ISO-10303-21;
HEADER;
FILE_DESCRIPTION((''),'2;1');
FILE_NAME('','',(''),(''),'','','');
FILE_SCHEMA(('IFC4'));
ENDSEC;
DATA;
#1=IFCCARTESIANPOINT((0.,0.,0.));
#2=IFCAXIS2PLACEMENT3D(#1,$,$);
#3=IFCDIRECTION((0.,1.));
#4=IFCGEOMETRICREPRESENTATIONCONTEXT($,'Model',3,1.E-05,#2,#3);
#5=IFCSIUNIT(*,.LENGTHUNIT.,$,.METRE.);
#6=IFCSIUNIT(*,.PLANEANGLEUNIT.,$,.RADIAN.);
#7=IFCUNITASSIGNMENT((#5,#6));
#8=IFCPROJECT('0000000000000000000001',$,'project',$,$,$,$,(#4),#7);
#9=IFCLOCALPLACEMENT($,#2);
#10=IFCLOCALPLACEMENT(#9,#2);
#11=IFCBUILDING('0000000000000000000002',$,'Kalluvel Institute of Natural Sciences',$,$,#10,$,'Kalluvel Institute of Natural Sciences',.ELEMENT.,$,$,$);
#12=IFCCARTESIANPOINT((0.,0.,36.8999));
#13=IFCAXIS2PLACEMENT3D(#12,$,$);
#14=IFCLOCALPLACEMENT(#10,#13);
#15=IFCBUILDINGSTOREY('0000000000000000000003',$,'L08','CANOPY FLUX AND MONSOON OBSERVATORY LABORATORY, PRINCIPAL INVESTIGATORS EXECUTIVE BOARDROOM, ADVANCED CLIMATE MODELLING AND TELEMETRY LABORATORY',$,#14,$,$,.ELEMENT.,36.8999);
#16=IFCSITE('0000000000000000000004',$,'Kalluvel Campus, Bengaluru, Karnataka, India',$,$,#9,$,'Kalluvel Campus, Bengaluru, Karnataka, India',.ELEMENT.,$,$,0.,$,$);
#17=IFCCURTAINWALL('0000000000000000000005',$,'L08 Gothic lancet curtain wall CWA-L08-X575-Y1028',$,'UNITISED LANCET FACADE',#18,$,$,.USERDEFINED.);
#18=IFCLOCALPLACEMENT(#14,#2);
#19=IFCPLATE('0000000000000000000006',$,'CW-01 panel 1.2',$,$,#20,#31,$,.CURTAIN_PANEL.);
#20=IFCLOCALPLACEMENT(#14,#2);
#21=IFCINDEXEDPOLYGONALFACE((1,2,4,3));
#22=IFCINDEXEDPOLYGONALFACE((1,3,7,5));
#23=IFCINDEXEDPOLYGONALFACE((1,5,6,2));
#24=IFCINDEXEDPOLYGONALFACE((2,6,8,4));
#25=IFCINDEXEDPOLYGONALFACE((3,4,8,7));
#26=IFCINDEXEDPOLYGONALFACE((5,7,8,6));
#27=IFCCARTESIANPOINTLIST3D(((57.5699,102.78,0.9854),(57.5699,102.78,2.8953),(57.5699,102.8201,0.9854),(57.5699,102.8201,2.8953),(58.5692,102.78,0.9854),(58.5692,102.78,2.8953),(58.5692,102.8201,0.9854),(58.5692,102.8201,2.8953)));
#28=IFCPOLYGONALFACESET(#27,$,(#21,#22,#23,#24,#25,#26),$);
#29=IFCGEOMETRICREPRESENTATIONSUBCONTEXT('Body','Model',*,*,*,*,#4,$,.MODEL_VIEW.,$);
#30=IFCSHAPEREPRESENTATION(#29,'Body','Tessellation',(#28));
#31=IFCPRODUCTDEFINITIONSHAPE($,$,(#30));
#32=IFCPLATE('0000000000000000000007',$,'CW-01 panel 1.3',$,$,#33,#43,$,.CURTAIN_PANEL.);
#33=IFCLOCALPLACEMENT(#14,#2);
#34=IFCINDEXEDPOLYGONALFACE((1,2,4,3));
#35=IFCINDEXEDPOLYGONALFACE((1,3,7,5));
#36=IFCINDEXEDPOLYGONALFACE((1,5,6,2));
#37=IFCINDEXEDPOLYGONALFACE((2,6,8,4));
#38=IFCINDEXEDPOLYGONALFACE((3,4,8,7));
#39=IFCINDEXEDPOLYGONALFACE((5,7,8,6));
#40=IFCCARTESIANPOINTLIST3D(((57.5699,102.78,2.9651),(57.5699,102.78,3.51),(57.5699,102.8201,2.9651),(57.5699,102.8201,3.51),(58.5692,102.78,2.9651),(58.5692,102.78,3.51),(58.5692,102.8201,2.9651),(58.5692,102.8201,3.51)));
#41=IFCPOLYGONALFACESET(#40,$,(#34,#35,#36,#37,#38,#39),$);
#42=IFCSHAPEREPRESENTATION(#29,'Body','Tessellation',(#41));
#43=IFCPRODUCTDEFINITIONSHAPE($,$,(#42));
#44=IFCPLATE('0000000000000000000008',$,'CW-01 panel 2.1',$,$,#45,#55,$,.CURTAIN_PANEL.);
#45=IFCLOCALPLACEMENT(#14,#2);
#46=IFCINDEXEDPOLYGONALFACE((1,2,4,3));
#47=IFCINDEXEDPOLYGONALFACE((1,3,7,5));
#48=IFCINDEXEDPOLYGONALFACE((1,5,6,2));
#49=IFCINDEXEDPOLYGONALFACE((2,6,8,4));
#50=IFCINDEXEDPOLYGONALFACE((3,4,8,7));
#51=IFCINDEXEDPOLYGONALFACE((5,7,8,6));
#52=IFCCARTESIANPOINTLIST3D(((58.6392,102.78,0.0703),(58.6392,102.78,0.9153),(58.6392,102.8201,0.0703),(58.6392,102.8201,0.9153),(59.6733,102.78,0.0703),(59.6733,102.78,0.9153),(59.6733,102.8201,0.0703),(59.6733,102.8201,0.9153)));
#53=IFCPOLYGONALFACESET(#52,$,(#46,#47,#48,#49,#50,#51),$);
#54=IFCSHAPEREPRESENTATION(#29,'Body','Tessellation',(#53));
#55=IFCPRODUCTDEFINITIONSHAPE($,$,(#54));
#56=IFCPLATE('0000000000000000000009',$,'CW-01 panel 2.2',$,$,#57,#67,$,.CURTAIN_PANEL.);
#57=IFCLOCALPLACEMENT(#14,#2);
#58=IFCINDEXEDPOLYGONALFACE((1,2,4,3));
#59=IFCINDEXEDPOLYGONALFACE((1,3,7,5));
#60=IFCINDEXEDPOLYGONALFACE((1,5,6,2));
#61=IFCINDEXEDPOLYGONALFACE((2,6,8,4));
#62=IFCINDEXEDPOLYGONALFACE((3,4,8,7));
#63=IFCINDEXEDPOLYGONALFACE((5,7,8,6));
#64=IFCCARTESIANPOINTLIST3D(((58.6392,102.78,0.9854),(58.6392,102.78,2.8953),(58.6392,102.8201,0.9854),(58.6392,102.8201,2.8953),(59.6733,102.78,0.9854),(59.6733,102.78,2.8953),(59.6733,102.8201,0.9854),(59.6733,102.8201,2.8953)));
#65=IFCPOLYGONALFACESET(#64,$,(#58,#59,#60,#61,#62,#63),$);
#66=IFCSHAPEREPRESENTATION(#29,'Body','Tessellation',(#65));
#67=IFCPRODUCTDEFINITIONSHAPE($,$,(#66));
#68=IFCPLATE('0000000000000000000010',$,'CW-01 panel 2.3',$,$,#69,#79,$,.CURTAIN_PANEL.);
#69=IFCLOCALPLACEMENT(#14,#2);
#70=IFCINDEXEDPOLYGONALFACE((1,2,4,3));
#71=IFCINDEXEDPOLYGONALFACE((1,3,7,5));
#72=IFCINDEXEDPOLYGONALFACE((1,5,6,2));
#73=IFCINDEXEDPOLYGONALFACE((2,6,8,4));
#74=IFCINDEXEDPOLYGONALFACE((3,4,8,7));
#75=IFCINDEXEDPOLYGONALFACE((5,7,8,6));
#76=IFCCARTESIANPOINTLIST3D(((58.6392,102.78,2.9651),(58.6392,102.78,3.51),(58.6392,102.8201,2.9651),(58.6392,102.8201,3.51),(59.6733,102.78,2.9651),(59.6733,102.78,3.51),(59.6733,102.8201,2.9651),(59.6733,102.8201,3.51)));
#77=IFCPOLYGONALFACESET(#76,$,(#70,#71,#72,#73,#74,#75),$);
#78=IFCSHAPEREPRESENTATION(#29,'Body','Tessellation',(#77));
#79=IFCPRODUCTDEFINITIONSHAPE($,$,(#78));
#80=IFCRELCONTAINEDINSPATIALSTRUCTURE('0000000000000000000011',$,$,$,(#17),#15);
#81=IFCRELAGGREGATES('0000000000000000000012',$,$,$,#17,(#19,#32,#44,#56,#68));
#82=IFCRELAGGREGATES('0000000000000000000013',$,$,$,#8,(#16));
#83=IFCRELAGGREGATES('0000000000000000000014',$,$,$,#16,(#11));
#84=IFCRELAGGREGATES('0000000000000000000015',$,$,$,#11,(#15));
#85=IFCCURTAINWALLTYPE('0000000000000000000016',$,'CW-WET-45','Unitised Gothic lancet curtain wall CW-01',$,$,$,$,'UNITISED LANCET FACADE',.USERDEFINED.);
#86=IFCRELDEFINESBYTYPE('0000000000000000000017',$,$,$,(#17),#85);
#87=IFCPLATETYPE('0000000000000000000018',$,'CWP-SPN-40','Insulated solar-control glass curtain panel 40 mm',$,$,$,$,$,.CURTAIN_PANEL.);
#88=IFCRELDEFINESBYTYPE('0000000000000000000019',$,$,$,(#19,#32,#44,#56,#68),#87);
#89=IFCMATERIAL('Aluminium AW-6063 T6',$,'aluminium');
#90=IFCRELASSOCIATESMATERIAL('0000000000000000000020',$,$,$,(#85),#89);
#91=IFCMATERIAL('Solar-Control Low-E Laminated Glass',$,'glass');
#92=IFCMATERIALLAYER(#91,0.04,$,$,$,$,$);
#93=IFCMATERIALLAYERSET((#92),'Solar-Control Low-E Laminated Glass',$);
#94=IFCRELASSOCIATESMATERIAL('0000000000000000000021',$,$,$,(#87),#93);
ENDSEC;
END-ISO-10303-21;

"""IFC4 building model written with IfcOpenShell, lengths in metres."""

from ifc_helpers import new_model, si_unit, direction, frame, origin, origin_2d, place, context, subcontext, project, spatial, rectangle, extrude, material, layer, layer_set, type_object, element, aggregate, save


model = new_model("IFC4")

# Units and contexts
model_context = context("Model", 3, precision=1e-05, world=origin(), true_north=direction((0.0, 1.0)))
body_context = subcontext(model_context, "Body", "Model", "MODEL_VIEW")
ifc_project = project(units=[si_unit("LENGTHUNIT", "METRE"), si_unit("PLANEANGLEUNIT", "RADIAN")], contexts=[model_context])

# Site, building, storey
site_placement = place(None, origin())
site = spatial("IfcSite", under=ifc_project, at=site_placement, Name="Kalluvel Campus, Bengaluru, Karnataka, India", LongName="Kalluvel Campus, Bengaluru, Karnataka, India", CompositionType="ELEMENT", RefElevation=0.0)
building_placement = place(site_placement, origin())
building = spatial("IfcBuilding", under=site, at=building_placement, Name="Kalluvel Institute of Natural Sciences", LongName="Kalluvel Institute of Natural Sciences", CompositionType="ELEMENT")
storey_placement = place(building_placement, frame((0.0, 0.0, 36.8999)))
storey = spatial("IfcBuildingStorey", under=building, at=storey_placement, Name="L08", Description="CANOPY FLUX AND MONSOON OBSERVATORY LABORATORY, PRINCIPAL INVESTIGATORS EXECUTIVE BOARDROOM, ADVANCED CLIMATE MODELLING AND TELEMETRY LABORATORY", CompositionType="ELEMENT", Elevation=36.8999)

# Shared definitions
ifc_material_1 = material(Name="Aluminium AW-6063 T6", Category="aluminium")
curtain_wall_type = type_object("IfcCurtainWallType", Name="CW-WET-45", Description="Unitised Gothic lancet curtain wall CW-01", ElementType="UNITISED LANCET FACADE", PredefinedType="USERDEFINED", material=ifc_material_1)

# Curtain wall
curtain_wall_1_placement = place(storey_placement, origin())
curtain_wall_1 = element("IfcCurtainWall", 1, at=curtain_wall_1_placement, inside=storey, type_object=curtain_wall_type, Name="L08 Gothic lancet curtain wall CWA-L08-X575-Y1028", ObjectType="UNITISED LANCET FACADE", PredefinedType="USERDEFINED")

# Plates
ifc_material_2 = material(Name="Solar-Control Low-E Laminated Glass", Category="glass")
ifc_layer = layer(ifc_material_2, 0.04)
ifc_layer_set = layer_set([ifc_layer], Name="Solar-Control Low-E Laminated Glass")
plate_type = type_object("IfcPlateType", Name="CWP-SPN-40", Description="Insulated solar-control glass curtain panel 40 mm", PredefinedType="CURTAIN_PANEL", material=ifc_layer_set)
plate_1_placement = place(storey_placement, frame((58.0696, 102.8, 0.9854), z_axis=(0.0, 0.0, 1.0), x_axis=(1.0, 0.0, 0.0)))
plate_1 = element("IfcPlate", 2, at=plate_1_placement, type_object=plate_type, Name="CW-01 panel 1.2", PredefinedType="CURTAIN_PANEL", context=body_context, shape_type="SweptSolid", body=[
    extrude(rectangle(XDim=0.9993, YDim=0.04, at=origin_2d()), origin(), (0.0, 0.0, 1.0), 1.9099),
])
plate_2_placement = place(storey_placement, frame((58.0696, 102.8, 2.9651), z_axis=(0.0, 0.0, 1.0), x_axis=(1.0, 0.0, 0.0)))
plate_2 = element("IfcPlate", 3, at=plate_2_placement, type_object=plate_type, Name="CW-01 panel 1.3", PredefinedType="CURTAIN_PANEL", context=body_context, shape_type="SweptSolid", body=[
    extrude(rectangle(XDim=0.9993, YDim=0.04, at=origin_2d()), origin(), (0.0, 0.0, 1.0), 0.5449),
])
plate_3_placement = place(storey_placement, frame((59.1562, 102.8, 0.0703), z_axis=(0.0, 0.0, 1.0), x_axis=(1.0, 0.0, 0.0)))
plate_3 = element("IfcPlate", 4, at=plate_3_placement, type_object=plate_type, Name="CW-01 panel 2.1", PredefinedType="CURTAIN_PANEL", context=body_context, shape_type="SweptSolid", body=[
    extrude(rectangle(XDim=1.0342, YDim=0.04, at=origin_2d()), origin(), (0.0, 0.0, 1.0), 0.845),
])
plate_4_placement = place(storey_placement, frame((59.1562, 102.8, 0.9854), z_axis=(0.0, 0.0, 1.0), x_axis=(1.0, 0.0, 0.0)))
plate_4 = element("IfcPlate", 5, at=plate_4_placement, type_object=plate_type, Name="CW-01 panel 2.2", PredefinedType="CURTAIN_PANEL", context=body_context, shape_type="SweptSolid", body=[
    extrude(rectangle(XDim=1.0342, YDim=0.04, at=origin_2d()), origin(), (0.0, 0.0, 1.0), 1.9099),
])
plate_5_placement = place(storey_placement, frame((59.1562, 102.8, 2.9651), z_axis=(0.0, 0.0, 1.0), x_axis=(1.0, 0.0, 0.0)))
plate_5 = element("IfcPlate", 6, at=plate_5_placement, type_object=plate_type, Name="CW-01 panel 2.3", PredefinedType="CURTAIN_PANEL", context=body_context, shape_type="SweptSolid", body=[
    extrude(rectangle(XDim=1.0342, YDim=0.04, at=origin_2d()), origin(), (0.0, 0.0, 1.0), 0.5449),
])
aggregate(curtain_wall_1, [plate_1, plate_2, plate_3, plate_4, plate_5])

save(model, "model.ifc")
